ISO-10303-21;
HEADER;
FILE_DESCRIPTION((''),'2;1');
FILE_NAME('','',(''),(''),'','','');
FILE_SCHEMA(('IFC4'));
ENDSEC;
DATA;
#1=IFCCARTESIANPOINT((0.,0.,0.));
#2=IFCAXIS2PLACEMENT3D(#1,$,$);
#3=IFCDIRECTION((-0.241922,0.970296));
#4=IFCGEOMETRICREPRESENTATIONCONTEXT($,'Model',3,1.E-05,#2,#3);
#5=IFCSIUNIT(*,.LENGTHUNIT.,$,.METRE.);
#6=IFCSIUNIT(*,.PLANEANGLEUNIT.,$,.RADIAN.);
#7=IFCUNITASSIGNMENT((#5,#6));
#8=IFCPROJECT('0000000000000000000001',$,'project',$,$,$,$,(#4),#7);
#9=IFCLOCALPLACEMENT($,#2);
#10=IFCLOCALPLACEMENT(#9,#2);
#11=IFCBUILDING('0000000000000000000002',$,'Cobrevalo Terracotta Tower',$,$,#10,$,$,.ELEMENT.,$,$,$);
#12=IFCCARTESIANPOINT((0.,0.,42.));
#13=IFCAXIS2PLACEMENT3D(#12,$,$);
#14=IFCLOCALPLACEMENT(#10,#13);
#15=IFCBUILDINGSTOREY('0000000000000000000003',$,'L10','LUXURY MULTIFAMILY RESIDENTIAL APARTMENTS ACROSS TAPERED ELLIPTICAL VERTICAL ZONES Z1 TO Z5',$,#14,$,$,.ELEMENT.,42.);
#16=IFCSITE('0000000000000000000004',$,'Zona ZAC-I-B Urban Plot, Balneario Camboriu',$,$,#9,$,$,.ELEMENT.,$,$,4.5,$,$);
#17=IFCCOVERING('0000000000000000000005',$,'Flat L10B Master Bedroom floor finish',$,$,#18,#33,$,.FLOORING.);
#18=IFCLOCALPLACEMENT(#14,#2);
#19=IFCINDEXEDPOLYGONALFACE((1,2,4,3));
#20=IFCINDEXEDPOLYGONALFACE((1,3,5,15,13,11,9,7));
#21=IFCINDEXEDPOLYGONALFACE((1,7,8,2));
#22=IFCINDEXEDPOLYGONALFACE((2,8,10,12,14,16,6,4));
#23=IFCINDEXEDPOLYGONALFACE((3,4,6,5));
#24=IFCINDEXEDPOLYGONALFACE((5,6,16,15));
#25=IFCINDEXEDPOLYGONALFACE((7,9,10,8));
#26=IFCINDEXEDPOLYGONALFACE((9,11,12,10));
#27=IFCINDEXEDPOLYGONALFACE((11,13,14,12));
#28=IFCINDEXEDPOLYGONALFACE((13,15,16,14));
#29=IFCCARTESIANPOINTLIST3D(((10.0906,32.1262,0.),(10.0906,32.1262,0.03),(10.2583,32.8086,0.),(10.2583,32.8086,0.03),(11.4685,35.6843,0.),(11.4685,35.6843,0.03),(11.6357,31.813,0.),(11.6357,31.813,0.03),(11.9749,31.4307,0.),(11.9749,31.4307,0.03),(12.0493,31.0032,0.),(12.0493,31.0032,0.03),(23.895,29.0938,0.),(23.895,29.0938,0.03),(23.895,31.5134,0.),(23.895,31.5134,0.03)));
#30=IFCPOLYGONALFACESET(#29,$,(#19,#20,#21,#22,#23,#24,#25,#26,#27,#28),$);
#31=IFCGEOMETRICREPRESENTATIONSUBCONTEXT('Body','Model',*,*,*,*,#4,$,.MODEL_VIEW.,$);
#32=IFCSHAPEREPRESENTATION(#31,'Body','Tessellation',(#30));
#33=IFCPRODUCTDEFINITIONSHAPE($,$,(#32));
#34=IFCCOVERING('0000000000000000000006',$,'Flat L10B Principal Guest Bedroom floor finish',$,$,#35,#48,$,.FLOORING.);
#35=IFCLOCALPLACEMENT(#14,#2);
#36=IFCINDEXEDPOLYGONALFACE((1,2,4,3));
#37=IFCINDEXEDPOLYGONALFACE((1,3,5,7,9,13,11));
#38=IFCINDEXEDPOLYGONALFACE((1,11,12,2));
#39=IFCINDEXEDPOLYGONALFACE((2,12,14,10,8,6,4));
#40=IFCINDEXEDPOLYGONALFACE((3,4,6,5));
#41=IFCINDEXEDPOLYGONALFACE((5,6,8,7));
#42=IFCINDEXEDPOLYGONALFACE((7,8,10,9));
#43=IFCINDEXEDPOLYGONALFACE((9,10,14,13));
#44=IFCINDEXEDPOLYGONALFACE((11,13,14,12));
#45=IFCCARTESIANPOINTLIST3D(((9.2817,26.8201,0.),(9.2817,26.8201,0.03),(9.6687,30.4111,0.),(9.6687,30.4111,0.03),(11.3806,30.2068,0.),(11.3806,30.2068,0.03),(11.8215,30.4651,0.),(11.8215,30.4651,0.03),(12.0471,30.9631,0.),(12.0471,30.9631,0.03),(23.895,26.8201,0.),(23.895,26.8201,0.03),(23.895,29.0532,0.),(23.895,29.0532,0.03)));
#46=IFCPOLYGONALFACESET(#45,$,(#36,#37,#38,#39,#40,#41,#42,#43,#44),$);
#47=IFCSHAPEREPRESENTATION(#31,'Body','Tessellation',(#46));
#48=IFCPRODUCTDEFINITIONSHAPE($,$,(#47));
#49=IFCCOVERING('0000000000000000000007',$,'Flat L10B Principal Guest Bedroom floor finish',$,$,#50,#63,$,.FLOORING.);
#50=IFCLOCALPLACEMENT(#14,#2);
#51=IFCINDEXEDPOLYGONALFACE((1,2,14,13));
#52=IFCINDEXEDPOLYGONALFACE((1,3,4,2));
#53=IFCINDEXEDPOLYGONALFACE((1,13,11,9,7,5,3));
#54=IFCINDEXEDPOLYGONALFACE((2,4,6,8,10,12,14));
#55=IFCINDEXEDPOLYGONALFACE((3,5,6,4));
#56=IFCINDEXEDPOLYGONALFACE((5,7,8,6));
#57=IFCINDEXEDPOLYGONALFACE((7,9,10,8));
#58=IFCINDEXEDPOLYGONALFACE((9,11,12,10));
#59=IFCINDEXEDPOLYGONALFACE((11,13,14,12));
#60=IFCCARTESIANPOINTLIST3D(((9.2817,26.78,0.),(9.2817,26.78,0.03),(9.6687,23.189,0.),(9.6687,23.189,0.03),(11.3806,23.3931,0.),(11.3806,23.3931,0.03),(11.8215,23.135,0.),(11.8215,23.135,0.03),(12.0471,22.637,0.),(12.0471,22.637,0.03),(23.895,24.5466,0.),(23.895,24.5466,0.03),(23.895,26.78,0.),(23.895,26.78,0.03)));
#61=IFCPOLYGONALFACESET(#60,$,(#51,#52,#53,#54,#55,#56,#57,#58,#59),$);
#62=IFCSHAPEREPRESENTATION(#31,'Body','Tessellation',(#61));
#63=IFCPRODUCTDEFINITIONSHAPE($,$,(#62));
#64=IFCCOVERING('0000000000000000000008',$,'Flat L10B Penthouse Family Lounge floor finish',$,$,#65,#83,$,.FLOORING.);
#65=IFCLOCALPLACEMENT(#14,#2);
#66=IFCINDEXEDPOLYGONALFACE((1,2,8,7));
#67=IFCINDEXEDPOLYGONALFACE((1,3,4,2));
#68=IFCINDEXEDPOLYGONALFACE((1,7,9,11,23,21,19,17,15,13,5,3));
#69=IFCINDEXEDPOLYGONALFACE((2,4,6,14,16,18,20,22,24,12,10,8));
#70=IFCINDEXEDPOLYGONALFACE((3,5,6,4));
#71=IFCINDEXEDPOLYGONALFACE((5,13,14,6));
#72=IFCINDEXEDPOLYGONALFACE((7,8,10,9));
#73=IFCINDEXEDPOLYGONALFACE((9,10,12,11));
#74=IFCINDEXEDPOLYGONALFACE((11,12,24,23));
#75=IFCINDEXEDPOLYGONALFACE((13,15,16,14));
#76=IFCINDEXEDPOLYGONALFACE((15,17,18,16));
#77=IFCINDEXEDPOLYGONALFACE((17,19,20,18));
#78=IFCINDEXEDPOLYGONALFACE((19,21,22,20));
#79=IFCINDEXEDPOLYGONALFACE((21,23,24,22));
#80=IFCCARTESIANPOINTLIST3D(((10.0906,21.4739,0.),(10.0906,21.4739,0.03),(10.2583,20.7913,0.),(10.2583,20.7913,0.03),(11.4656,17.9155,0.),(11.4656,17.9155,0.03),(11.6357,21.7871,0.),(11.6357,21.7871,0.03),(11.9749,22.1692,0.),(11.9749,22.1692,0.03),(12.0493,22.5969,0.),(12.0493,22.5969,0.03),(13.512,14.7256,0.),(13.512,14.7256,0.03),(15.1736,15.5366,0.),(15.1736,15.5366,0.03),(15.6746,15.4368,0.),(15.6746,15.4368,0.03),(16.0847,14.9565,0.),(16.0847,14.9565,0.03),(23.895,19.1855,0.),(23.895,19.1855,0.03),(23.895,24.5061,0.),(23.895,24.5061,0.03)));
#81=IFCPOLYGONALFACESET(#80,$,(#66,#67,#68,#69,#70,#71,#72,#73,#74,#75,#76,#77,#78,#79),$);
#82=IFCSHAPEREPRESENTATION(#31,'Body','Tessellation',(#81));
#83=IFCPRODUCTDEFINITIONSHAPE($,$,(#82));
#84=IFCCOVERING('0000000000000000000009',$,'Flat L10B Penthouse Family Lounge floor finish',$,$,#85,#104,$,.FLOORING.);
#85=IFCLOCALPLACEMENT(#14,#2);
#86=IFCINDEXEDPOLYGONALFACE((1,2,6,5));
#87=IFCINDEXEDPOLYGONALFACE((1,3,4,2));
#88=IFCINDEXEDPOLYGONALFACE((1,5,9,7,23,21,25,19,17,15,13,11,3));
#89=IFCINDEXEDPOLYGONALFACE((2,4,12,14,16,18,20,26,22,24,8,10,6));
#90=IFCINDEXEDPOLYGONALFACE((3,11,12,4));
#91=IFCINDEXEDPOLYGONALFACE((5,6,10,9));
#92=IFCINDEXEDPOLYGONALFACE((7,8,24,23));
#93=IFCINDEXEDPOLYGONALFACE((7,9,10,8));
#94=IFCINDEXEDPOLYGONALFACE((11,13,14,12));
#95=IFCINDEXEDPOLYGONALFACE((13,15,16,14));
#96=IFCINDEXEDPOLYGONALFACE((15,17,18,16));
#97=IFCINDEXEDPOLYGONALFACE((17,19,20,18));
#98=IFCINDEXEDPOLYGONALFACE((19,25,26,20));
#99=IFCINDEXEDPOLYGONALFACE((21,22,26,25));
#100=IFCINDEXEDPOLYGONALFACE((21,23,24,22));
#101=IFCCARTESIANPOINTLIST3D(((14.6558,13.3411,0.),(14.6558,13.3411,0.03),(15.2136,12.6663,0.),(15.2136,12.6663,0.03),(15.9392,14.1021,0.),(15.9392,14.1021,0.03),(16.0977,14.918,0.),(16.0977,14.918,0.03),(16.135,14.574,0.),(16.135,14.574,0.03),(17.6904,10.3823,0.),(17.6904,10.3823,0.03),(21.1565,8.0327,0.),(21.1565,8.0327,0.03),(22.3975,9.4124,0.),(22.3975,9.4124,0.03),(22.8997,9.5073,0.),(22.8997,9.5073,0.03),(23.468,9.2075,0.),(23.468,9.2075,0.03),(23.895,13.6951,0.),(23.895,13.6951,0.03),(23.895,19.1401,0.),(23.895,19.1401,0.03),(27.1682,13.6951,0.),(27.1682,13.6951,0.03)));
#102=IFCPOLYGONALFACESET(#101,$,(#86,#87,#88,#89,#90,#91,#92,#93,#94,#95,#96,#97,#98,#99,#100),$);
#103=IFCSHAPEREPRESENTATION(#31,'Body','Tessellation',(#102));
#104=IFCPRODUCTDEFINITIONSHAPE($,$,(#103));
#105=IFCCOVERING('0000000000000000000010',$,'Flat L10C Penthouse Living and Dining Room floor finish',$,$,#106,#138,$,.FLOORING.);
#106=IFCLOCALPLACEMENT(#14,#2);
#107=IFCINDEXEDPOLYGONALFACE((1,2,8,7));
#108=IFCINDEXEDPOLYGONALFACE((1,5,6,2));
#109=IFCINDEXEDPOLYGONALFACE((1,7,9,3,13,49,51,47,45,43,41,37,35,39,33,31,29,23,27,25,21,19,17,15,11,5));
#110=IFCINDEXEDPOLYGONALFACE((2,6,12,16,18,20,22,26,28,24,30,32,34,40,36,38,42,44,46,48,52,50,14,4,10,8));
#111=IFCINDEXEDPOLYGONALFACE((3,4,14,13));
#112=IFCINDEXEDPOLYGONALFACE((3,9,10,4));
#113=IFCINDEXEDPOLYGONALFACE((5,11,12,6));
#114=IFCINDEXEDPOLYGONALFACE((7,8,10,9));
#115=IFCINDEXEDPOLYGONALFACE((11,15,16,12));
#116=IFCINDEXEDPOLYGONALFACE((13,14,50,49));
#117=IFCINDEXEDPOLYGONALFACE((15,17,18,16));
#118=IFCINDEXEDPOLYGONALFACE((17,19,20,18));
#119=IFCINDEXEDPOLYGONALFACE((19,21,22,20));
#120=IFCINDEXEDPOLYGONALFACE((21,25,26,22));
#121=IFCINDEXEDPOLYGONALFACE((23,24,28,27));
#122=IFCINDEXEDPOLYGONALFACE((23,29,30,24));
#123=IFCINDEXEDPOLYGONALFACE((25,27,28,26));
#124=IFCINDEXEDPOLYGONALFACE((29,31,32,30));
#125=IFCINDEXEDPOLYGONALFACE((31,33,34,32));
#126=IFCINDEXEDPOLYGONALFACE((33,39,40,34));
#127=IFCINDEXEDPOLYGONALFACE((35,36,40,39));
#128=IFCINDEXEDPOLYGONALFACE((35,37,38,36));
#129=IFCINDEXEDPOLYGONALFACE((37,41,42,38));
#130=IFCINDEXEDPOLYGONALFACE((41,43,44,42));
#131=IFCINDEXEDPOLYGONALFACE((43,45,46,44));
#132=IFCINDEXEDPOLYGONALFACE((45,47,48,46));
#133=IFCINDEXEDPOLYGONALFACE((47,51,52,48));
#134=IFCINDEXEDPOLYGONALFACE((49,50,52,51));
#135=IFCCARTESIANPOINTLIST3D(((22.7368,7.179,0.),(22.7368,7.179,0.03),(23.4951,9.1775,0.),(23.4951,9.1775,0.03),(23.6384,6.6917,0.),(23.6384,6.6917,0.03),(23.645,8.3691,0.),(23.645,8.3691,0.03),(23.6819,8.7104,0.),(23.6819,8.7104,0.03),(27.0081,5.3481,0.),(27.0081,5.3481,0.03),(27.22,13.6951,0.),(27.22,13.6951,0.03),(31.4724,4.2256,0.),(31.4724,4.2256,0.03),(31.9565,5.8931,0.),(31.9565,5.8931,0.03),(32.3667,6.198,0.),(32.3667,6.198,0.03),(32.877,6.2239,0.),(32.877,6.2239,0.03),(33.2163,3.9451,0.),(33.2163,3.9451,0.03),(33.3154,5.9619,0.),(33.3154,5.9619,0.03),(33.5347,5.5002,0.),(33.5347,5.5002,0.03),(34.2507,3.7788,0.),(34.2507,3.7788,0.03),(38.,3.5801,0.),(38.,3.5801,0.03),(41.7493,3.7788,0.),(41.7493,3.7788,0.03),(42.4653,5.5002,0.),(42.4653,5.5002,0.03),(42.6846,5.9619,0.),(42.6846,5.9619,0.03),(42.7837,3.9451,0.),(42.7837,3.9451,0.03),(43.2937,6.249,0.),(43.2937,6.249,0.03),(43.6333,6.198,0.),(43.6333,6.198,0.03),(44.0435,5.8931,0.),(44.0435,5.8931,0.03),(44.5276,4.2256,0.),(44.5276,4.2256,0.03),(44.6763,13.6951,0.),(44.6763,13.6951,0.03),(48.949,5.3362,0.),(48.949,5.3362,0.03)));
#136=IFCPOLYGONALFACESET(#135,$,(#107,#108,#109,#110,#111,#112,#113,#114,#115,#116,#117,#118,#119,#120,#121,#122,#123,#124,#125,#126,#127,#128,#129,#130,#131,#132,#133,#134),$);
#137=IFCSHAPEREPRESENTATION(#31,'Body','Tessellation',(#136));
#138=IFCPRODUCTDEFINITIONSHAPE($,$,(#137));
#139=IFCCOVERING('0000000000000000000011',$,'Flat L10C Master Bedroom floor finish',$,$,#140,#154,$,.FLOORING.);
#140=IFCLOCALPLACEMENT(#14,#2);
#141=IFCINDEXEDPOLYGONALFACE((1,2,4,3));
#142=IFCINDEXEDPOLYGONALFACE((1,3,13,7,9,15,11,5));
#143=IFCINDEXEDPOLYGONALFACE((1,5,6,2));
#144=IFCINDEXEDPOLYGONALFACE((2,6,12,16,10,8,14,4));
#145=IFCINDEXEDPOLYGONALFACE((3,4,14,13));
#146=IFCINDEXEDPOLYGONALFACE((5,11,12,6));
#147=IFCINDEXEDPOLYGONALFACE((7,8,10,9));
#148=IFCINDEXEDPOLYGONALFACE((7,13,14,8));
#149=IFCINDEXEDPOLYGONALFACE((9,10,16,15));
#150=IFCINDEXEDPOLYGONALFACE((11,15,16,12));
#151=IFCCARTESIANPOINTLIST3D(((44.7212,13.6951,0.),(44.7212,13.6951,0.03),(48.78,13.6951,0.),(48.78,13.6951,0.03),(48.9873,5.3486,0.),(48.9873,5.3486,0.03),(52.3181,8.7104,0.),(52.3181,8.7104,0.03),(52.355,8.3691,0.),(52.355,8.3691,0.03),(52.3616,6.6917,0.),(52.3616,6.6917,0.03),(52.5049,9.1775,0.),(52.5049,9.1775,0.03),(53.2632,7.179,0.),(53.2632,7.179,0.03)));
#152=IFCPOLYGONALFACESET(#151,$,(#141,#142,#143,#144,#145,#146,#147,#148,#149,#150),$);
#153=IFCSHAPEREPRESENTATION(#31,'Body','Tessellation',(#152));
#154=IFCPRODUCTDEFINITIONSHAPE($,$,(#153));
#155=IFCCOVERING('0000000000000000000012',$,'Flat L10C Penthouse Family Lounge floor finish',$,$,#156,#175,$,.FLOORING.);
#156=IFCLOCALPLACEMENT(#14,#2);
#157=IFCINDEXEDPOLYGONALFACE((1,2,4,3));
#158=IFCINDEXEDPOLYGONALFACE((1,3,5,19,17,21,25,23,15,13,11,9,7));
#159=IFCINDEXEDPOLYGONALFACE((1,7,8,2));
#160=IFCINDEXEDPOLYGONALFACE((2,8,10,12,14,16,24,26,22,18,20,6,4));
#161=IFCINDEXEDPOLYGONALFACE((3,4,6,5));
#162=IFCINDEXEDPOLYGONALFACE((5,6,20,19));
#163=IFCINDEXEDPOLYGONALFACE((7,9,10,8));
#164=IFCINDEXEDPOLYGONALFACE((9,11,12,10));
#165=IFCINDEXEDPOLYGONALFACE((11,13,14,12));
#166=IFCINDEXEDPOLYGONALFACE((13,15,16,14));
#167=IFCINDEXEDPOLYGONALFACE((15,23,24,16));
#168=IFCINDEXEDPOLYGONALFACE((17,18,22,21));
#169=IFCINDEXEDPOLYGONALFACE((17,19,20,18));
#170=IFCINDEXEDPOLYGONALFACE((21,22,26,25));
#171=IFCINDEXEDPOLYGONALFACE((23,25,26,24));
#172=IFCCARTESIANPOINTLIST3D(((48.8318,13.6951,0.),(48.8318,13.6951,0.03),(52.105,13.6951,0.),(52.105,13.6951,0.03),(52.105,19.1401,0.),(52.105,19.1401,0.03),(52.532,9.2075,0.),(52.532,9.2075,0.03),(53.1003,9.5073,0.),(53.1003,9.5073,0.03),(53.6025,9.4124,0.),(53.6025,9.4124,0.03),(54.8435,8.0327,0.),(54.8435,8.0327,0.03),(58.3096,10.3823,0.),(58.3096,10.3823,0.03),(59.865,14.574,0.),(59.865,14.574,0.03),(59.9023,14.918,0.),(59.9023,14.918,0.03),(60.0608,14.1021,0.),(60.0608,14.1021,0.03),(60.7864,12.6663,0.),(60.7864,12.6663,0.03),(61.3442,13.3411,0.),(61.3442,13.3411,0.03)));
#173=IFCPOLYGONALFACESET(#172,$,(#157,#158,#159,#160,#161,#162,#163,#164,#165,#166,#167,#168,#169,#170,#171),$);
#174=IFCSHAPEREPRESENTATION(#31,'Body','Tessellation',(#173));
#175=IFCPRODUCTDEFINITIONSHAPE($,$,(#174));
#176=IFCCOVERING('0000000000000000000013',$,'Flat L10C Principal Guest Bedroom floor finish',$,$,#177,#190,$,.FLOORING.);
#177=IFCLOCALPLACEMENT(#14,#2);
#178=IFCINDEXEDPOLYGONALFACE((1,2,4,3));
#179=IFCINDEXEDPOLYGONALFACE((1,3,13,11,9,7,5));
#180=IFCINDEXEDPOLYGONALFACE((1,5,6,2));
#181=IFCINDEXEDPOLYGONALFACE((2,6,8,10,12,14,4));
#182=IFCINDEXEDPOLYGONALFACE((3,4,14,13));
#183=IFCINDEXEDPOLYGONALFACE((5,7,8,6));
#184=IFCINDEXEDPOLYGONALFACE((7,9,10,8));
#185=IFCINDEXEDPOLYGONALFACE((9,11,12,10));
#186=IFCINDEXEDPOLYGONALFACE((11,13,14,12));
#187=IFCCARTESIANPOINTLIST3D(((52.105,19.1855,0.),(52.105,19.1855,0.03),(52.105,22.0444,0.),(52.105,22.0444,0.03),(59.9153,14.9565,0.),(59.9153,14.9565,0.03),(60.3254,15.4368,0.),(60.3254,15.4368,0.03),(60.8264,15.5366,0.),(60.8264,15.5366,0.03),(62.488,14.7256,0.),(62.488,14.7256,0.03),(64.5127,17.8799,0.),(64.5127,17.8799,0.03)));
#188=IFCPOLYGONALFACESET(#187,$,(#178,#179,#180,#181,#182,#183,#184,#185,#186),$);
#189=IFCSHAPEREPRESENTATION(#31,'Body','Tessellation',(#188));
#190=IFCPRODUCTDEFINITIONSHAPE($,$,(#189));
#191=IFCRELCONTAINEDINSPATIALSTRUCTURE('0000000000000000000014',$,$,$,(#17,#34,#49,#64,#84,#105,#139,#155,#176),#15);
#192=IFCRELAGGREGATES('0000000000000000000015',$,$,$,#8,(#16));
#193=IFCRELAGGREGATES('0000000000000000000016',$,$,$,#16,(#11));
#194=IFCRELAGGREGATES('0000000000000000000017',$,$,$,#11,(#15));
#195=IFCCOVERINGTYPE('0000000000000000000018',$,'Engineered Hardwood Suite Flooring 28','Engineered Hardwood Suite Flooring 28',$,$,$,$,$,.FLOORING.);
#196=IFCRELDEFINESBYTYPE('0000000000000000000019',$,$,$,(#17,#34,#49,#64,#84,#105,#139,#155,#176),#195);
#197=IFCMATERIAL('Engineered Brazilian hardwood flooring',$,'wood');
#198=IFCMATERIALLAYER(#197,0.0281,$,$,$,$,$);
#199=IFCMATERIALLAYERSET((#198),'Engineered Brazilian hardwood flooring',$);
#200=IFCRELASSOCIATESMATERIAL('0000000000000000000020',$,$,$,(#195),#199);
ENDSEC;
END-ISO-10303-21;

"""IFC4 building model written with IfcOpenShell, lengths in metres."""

from ifc_helpers import new_model, si_unit, direction, frame, origin, place, context, subcontext, project, spatial, polyline, outline, extrude, material, layer, layer_set, type_object, element, save


model = new_model("IFC4")

# Units and contexts
model_context = context("Model", 3, precision=1e-05, world=origin(), true_north=direction((-0.241922, 0.970296)))
body_context = subcontext(model_context, "Body", "Model", "MODEL_VIEW")
ifc_project = project(units=[si_unit("LENGTHUNIT", "METRE"), si_unit("PLANEANGLEUNIT", "RADIAN")], contexts=[model_context])

# Site, building, storey
site_placement = place(None, origin())
site = spatial("IfcSite", under=ifc_project, at=site_placement, Name="Zona ZAC-I-B Urban Plot, Balneario Camboriu", CompositionType="ELEMENT", RefElevation=4.5)
building_placement = place(site_placement, origin())
building = spatial("IfcBuilding", under=site, at=building_placement, Name="Cobrevalo Terracotta Tower", CompositionType="ELEMENT")
storey_placement = place(building_placement, frame((0.0, 0.0, 42.0)))
storey = spatial("IfcBuildingStorey", under=building, at=storey_placement, Name="L10", Description="LUXURY MULTIFAMILY RESIDENTIAL APARTMENTS ACROSS TAPERED ELLIPTICAL VERTICAL ZONES Z1 TO Z5", CompositionType="ELEMENT", Elevation=42.0)

# Coverings
ifc_material_1 = material(Name="Engineered Brazilian hardwood flooring", Category="wood")
ifc_layer_1 = layer(ifc_material_1, 0.0281)
ifc_layer_set_1 = layer_set([ifc_layer_1], Name="Engineered Brazilian hardwood flooring")
covering_type_1 = type_object("IfcCoveringType", Name="Engineered Hardwood Suite Flooring 28", Description="Engineered Hardwood Suite Flooring 28", PredefinedType="FLOORING", material=ifc_layer_set_1)
covering_1_placement = place(storey_placement, origin())
element("IfcCovering", 1, at=covering_1_placement, inside=storey, type_object=covering_type_1, Name="Flat L10B Master Bedroom floor finish", PredefinedType="FLOORING", context=body_context, shape_type="SweptSolid", body=[
    extrude(outline(polyline([(11.4685, 35.6843), (23.895, 31.5134), (23.895, 29.0938), (12.0493, 31.0032), (11.9749, 31.4307), (11.6357, 31.813), (10.0906, 32.1262), (10.2583, 32.8086), (11.4685, 35.6843)])), origin(), (0.0, 0.0, 1.0), 0.03),
])
covering_2_placement = place(storey_placement, origin())
element("IfcCovering", 2, at=covering_2_placement, inside=storey, type_object=covering_type_1, Name="Flat L10B Principal Guest Bedroom floor finish", PredefinedType="FLOORING", context=body_context, shape_type="SweptSolid", body=[
    extrude(outline(polyline([(9.6687, 30.4111), (11.3806, 30.2068), (11.8215, 30.4651), (12.0471, 30.9631), (23.895, 29.0532), (23.895, 26.8201), (9.2817, 26.8201), (9.6687, 30.4111)])), origin(), (0.0, 0.0, 1.0), 0.03),
])
covering_3_placement = place(storey_placement, origin())
element("IfcCovering", 3, at=covering_3_placement, inside=storey, type_object=covering_type_1, Name="Flat L10B Principal Guest Bedroom floor finish", PredefinedType="FLOORING", context=body_context, shape_type="SweptSolid", body=[
    extrude(outline(polyline([(9.2817, 26.78), (23.895, 26.78), (23.895, 24.5466), (12.0471, 22.637), (11.8215, 23.135), (11.3806, 23.3931), (9.6687, 23.189), (9.2817, 26.78)])), origin(), (0.0, 0.0, 1.0), 0.03),
])
covering_4_placement = place(storey_placement, origin())
element("IfcCovering", 4, at=covering_4_placement, inside=storey, type_object=covering_type_1, Name="Flat L10B Penthouse Family Lounge floor finish", PredefinedType="FLOORING", context=body_context, shape_type="SweptSolid", body=[
    extrude(outline(polyline([(11.4656, 17.9155), (10.2583, 20.7913), (10.0906, 21.4739), (11.6357, 21.7871), (11.9749, 22.1692), (12.0493, 22.5969), (23.895, 24.5061), (23.895, 19.1855), (16.0847, 14.9565), (15.6746, 15.4368), (15.1736, 15.5366), (13.512, 14.7256), (11.4656, 17.9155)])), origin(), (0.0, 0.0, 1.0), 0.03),
])
covering_5_placement = place(storey_placement, origin())
element("IfcCovering", 5, at=covering_5_placement, inside=storey, type_object=covering_type_1, Name="Flat L10B Penthouse Family Lounge floor finish", PredefinedType="FLOORING", context=body_context, shape_type="SweptSolid", body=[
    extrude(outline(polyline([(14.6558, 13.3411), (15.9392, 14.1021), (16.135, 14.574), (16.0977, 14.918), (23.895, 19.1401), (23.895, 13.6951), (27.1682, 13.6951), (23.468, 9.2075), (22.8997, 9.5073), (22.3975, 9.4124), (21.1565, 8.0327), (17.6904, 10.3823), (15.2136, 12.6663), (14.6558, 13.3411)])), origin(), (0.0, 0.0, 1.0), 0.03),
])
covering_6_placement = place(storey_placement, origin())
element("IfcCovering", 6, at=covering_6_placement, inside=storey, type_object=covering_type_1, Name="Flat L10C Penthouse Living and Dining Room floor finish", PredefinedType="FLOORING", context=body_context, shape_type="SweptSolid", body=[
    extrude(outline(polyline([(23.4951, 9.1775), (27.22, 13.6951), (44.6763, 13.6951), (48.949, 5.3362), (44.5276, 4.2256), (44.0435, 5.8931), (43.6333, 6.198), (43.2937, 6.249), (42.6846, 5.9619), (42.4653, 5.5002), (42.7837, 3.9451), (41.7493, 3.7788), (38.0, 3.5801), (34.2507, 3.7788), (33.2163, 3.9451), (33.5347, 5.5002), (33.3154, 5.9619), (32.877, 6.2239), (32.3667, 6.198), (31.9565, 5.8931), (31.4724, 4.2256), (27.0081, 5.3481), (23.6384, 6.6917), (22.7368, 7.179), (23.645, 8.3691), (23.6819, 8.7104), (23.4951, 9.1775)])), origin(), (0.0, 0.0, 1.0), 0.03),
])
covering_7_placement = place(storey_placement, origin())
element("IfcCovering", 7, at=covering_7_placement, inside=storey, type_object=covering_type_1, Name="Flat L10C Master Bedroom floor finish", PredefinedType="FLOORING", context=body_context, shape_type="SweptSolid", body=[
    extrude(outline(polyline([(48.9873, 5.3486), (44.7212, 13.6951), (48.78, 13.6951), (52.5049, 9.1775), (52.3181, 8.7104), (52.355, 8.3691), (53.2632, 7.179), (52.3616, 6.6917), (48.9873, 5.3486)])), origin(), (0.0, 0.0, 1.0), 0.03),
])
covering_8_placement = place(storey_placement, origin())
element("IfcCovering", 8, at=covering_8_placement, inside=storey, type_object=covering_type_1, Name="Flat L10C Penthouse Family Lounge floor finish", PredefinedType="FLOORING", context=body_context, shape_type="SweptSolid", body=[
    extrude(outline(polyline([(58.3096, 10.3823), (54.8435, 8.0327), (53.6025, 9.4124), (53.1003, 9.5073), (52.532, 9.2075), (48.8318, 13.6951), (52.105, 13.6951), (52.105, 19.1401), (59.9023, 14.918), (59.865, 14.574), (60.0608, 14.1021), (61.3442, 13.3411), (60.7864, 12.6663), (58.3096, 10.3823)])), origin(), (0.0, 0.0, 1.0), 0.03),
])
covering_9_placement = place(storey_placement, origin())
element("IfcCovering", 9, at=covering_9_placement, inside=storey, type_object=covering_type_1, Name="Flat L10C Principal Guest Bedroom floor finish", PredefinedType="FLOORING", context=body_context, shape_type="SweptSolid", body=[
    extrude(outline(polyline([(62.488, 14.7256), (60.8264, 15.5366), (60.3254, 15.4368), (59.9153, 14.9565), (52.105, 19.1855), (52.105, 22.0444), (64.5127, 17.8799), (62.488, 14.7256)])), origin(), (0.0, 0.0, 1.0), 0.03),
])

save(model, "model.ifc")
